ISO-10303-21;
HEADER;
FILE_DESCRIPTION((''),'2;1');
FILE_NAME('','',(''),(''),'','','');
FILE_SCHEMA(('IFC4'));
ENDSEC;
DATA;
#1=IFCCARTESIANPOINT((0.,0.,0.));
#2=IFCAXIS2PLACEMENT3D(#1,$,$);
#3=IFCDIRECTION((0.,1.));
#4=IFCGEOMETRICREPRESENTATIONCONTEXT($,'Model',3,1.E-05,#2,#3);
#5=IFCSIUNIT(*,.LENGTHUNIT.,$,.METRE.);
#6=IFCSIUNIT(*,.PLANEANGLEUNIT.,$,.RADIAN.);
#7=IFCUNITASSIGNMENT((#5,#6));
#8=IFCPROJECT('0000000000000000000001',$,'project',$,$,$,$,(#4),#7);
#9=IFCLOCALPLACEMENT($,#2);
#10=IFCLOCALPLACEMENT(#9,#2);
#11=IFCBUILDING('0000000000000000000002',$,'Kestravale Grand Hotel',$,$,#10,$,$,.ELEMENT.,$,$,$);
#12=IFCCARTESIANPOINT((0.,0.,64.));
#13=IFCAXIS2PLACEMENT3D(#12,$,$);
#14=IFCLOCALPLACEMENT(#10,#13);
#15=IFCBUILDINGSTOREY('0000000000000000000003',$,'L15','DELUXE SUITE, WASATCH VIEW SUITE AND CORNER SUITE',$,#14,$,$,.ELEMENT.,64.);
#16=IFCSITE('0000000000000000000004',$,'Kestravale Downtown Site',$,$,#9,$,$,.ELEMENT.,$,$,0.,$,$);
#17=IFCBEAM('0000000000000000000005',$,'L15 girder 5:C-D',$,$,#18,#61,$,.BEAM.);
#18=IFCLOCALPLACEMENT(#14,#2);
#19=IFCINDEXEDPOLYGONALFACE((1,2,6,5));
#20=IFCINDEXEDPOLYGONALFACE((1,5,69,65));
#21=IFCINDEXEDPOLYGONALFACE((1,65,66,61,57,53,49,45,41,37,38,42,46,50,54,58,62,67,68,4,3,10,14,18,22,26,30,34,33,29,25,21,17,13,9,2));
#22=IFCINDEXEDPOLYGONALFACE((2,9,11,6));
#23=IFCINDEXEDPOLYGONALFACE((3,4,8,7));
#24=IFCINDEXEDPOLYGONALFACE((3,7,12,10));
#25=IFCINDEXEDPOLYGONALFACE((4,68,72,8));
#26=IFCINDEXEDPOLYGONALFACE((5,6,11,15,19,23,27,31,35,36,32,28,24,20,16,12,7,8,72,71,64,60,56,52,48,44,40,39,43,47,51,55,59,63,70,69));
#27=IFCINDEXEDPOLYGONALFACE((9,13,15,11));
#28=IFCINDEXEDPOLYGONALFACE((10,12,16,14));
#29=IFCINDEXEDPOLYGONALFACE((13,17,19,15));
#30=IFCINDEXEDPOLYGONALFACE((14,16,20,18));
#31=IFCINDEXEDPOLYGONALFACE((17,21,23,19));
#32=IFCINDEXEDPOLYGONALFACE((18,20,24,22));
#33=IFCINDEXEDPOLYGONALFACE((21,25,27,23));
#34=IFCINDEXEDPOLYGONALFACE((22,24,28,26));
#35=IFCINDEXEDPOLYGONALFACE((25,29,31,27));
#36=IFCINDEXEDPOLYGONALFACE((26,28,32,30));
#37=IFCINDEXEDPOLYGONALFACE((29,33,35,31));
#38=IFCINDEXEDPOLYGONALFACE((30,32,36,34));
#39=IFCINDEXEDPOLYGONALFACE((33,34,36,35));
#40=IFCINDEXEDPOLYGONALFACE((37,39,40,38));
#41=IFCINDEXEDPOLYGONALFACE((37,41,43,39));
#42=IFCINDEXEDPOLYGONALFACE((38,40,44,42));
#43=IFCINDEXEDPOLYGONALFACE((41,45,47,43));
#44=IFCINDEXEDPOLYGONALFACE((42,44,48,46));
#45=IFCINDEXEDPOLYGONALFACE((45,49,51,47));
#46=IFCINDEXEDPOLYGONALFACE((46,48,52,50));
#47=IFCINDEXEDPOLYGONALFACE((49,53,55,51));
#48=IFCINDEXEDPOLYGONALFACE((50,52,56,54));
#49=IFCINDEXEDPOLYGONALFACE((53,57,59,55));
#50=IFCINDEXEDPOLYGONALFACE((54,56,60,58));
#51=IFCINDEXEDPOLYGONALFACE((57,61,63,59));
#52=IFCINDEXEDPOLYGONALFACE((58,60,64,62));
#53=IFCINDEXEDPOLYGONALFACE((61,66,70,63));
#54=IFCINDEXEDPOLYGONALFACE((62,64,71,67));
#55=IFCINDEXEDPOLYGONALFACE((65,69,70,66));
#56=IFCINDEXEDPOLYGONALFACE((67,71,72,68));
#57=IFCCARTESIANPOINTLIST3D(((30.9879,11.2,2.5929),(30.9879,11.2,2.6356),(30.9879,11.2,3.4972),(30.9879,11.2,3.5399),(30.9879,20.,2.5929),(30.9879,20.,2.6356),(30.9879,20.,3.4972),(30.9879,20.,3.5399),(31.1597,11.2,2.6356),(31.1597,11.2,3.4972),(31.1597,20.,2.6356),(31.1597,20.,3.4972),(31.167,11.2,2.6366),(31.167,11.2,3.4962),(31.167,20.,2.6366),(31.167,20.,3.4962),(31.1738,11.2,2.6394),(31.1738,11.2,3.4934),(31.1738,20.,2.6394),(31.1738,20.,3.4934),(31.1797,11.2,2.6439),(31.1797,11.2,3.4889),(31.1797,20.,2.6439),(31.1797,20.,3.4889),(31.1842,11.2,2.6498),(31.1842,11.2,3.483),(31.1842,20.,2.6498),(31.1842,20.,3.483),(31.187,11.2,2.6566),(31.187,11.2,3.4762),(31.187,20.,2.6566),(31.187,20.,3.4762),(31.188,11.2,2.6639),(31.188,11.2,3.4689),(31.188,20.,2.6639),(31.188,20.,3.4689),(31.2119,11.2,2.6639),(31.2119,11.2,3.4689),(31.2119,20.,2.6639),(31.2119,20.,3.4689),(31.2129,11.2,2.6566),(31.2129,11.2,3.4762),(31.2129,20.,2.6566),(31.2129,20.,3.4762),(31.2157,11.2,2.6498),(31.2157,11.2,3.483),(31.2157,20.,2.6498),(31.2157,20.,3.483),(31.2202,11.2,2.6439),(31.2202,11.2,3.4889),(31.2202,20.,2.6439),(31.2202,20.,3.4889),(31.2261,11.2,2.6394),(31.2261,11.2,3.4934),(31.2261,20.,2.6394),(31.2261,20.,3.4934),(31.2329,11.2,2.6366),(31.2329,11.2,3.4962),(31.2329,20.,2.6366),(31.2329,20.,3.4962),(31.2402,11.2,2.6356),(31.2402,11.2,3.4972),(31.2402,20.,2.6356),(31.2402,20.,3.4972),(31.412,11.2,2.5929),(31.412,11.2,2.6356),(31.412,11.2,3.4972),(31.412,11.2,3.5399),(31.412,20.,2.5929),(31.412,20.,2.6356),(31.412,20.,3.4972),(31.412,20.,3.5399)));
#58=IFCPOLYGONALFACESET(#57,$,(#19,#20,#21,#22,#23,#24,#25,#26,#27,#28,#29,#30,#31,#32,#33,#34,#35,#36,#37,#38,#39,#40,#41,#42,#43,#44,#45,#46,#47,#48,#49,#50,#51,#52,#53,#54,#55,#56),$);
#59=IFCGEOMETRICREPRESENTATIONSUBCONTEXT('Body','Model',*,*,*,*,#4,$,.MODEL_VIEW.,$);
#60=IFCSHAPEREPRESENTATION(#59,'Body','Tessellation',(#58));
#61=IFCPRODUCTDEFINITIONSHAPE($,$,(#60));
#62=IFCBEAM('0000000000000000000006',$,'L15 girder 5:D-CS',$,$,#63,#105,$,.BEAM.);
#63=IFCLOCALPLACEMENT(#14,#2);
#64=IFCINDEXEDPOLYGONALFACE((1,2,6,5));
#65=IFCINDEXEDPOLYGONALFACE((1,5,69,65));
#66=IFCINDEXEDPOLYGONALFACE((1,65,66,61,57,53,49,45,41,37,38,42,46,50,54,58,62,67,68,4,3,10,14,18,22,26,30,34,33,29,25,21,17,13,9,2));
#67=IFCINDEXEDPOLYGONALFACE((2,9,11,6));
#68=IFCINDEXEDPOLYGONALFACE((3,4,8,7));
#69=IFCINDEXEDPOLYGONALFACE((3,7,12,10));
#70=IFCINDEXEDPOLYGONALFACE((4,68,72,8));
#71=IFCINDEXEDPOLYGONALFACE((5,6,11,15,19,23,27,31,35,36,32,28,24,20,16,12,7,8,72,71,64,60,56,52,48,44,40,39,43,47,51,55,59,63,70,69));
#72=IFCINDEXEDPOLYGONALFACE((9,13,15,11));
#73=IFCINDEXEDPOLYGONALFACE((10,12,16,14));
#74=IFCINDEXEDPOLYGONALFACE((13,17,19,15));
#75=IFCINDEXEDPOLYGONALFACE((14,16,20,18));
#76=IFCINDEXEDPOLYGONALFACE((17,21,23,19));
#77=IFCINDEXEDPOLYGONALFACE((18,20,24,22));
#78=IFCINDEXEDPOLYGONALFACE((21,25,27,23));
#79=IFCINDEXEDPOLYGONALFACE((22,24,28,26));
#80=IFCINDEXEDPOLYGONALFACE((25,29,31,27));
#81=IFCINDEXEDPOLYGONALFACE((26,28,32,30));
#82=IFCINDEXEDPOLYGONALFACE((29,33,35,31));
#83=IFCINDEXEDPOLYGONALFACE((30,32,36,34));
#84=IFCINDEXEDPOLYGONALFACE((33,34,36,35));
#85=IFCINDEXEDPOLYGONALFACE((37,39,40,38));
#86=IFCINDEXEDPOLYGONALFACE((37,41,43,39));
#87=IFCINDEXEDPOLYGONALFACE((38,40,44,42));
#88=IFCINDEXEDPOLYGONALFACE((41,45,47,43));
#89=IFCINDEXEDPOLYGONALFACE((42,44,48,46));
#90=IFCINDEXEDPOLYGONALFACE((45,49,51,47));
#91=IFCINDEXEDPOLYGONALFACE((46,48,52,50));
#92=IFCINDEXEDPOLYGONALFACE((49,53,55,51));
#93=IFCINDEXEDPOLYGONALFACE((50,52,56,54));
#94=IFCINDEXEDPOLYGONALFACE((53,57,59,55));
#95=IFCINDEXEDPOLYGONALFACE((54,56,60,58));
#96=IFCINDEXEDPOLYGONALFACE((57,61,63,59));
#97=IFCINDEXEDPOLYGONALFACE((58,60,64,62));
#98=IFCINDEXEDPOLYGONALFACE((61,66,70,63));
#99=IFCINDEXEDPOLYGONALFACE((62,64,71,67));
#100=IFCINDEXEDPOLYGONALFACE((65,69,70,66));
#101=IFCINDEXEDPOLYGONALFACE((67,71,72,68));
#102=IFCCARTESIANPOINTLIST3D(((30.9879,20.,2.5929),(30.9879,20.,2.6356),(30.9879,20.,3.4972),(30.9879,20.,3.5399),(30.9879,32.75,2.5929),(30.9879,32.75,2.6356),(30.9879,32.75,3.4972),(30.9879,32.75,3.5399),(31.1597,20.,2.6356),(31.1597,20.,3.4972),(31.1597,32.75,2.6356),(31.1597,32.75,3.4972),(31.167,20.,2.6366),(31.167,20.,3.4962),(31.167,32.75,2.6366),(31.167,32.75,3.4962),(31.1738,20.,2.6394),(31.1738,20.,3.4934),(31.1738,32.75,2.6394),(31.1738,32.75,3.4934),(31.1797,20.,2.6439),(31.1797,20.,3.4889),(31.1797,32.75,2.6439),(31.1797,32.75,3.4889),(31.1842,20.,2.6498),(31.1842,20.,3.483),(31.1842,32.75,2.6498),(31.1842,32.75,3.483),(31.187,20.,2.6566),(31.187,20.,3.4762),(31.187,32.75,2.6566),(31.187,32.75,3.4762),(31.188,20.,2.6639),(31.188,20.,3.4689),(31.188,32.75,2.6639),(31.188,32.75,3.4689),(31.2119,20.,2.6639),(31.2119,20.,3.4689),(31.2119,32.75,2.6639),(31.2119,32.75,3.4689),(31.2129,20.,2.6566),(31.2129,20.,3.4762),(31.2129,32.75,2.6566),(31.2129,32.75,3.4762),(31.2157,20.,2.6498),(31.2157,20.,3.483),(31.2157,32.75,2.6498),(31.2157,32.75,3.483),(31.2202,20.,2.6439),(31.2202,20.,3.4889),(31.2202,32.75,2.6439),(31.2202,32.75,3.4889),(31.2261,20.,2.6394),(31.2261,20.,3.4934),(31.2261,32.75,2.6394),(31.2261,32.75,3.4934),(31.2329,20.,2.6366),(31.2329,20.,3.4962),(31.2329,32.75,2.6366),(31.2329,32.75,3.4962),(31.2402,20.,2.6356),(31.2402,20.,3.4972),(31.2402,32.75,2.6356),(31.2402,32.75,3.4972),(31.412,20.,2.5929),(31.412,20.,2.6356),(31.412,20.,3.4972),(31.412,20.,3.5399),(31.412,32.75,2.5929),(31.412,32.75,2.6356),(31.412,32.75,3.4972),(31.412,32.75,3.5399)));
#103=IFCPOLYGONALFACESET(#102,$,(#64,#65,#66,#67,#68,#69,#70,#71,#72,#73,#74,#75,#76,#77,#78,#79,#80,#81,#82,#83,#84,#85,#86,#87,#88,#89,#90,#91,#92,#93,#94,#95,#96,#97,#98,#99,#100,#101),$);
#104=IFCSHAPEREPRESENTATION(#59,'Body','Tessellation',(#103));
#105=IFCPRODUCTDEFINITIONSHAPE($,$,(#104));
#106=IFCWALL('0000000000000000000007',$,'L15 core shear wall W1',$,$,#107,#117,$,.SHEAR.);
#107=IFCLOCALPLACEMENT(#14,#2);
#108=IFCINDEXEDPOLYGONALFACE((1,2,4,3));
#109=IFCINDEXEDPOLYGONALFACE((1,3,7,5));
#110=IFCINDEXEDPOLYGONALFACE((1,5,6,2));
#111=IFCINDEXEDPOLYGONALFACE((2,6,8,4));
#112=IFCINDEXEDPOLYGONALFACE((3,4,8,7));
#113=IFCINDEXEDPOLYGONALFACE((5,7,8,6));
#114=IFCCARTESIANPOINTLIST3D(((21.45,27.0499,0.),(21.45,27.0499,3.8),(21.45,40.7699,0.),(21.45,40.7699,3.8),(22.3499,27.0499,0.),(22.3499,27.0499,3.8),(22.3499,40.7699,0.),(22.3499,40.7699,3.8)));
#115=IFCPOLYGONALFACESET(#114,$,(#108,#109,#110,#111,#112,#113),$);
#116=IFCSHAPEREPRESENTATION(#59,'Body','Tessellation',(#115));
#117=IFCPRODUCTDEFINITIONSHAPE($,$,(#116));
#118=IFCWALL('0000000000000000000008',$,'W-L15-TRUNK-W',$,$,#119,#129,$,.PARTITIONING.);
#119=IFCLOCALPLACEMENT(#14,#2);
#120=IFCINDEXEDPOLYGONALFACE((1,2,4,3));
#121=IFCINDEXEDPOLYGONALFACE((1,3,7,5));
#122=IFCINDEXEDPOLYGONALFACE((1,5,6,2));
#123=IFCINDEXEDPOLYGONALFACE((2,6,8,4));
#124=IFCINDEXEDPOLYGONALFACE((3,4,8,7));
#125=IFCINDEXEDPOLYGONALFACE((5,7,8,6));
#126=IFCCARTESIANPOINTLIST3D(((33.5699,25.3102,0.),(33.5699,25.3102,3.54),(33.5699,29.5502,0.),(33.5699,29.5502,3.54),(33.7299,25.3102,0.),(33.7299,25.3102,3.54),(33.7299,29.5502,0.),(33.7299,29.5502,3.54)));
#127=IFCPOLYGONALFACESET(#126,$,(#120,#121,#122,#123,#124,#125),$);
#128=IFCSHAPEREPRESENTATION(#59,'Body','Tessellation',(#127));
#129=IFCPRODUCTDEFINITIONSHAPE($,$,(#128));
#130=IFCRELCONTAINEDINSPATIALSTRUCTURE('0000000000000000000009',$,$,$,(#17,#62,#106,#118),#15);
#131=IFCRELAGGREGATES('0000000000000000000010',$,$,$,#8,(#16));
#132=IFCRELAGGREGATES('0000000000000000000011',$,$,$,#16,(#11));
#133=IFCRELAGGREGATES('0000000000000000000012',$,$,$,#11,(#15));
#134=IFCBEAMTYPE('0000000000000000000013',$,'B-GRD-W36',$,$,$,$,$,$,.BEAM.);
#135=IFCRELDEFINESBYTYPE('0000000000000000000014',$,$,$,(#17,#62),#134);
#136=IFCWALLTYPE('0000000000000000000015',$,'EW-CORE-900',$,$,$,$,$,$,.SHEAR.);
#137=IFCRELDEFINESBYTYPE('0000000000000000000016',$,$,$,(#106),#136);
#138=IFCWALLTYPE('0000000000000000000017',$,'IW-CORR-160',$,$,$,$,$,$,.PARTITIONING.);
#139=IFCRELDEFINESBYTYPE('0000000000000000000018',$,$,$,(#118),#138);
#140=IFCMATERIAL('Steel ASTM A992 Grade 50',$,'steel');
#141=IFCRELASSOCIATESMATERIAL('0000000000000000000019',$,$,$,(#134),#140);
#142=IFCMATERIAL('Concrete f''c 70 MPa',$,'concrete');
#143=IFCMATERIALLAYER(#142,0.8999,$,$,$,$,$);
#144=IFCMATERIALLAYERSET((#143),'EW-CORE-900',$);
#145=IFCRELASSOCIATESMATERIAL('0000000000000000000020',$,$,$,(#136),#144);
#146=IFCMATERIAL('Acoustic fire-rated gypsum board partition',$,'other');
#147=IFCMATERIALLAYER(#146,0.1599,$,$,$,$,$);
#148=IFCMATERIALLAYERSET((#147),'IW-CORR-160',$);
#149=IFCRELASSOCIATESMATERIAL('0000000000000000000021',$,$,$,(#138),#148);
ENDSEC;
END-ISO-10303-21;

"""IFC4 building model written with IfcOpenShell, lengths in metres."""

from ifc_helpers import new_model, si_unit, direction, frame, frame_2d, origin, origin_2d, place, context, subcontext, project, spatial, rectangle, i_section, extrude, material, layer, layer_set, material_profile, profile_set, type_object, element, save


model = new_model("IFC4")

# Units and contexts
model_context = context("Model", 3, precision=1e-05, world=origin(), true_north=direction((0.0, 1.0)))
body_context = subcontext(model_context, "Body", "Model", "MODEL_VIEW")
ifc_project = project(units=[si_unit("LENGTHUNIT", "METRE"), si_unit("PLANEANGLEUNIT", "RADIAN")], contexts=[model_context])

# Site, building, storey
site_placement = place(None, origin())
site = spatial("IfcSite", under=ifc_project, at=site_placement, Name="Kestravale Downtown Site", CompositionType="ELEMENT", RefElevation=0.0)
building_placement = place(site_placement, origin())
building = spatial("IfcBuilding", under=site, at=building_placement, Name="Kestravale Grand Hotel", CompositionType="ELEMENT")
storey_placement = place(building_placement, frame((0.0, 0.0, 64.0)))
storey = spatial("IfcBuildingStorey", under=building, at=storey_placement, Name="L15", Description="DELUXE SUITE, WASATCH VIEW SUITE AND CORNER SUITE", CompositionType="ELEMENT", Elevation=64.0)

# Beams
ifc_material_1 = material(Name="Steel ASTM A992 Grade 50", Category="steel")
ifc_material_profile_1 = material_profile(ifc_material_1, i_section(OverallWidth=0.4241, OverallDepth=0.947, WebThickness=0.0239, FlangeThickness=0.0427, FilletRadius=0.0283, at=origin_2d()))
ifc_profile_set_1 = profile_set([ifc_material_profile_1], Name="Steel ASTM A992 Grade 50")
beam_type_1 = type_object("IfcBeamType", Name="B-GRD-W36", PredefinedType="BEAM", material=ifc_profile_set_1)
beam_1_placement = place(storey_placement, frame((31.2, 11.2, 3.0664), z_axis=(0.0, 1.0, 0.0), x_axis=(-1.0, 0.0, 0.0)))
element("IfcBeam", 1, at=beam_1_placement, inside=storey, type_object=beam_type_1, Name="L15 girder 5:C-D", PredefinedType="BEAM", context=body_context, shape_type="SweptSolid", body=[
    extrude(i_section(OverallWidth=0.4241, OverallDepth=0.947, WebThickness=0.0239, FlangeThickness=0.0427, FilletRadius=0.0283, at=origin_2d()), origin(), (0.0, 0.0, 1.0), 8.8),
])
beam_2_placement = place(storey_placement, frame((31.2, 20.0, 3.0664), z_axis=(0.0, 1.0, 0.0), x_axis=(-1.0, 0.0, 0.0)))
element("IfcBeam", 2, at=beam_2_placement, inside=storey, type_object=beam_type_1, Name="L15 girder 5:D-CS", PredefinedType="BEAM", context=body_context, shape_type="SweptSolid", body=[
    extrude(i_section(OverallWidth=0.4241, OverallDepth=0.947, WebThickness=0.0239, FlangeThickness=0.0427, FilletRadius=0.0283, at=origin_2d()), origin(), (0.0, 0.0, 1.0), 12.75),
])

# Walls
ifc_material_2 = material(Name="Concrete f'c 70 MPa", Category="concrete")
ifc_layer_1 = layer(ifc_material_2, 0.8999)
ifc_layer_set_1 = layer_set([ifc_layer_1], Name="EW-CORE-900")
wall_type_1 = type_object("IfcWallType", Name="EW-CORE-900", PredefinedType="SHEAR", material=ifc_layer_set_1)
wall_1_placement = place(storey_placement, frame((21.8999, 27.05, 0.0), z_axis=(0.0, 0.0, 1.0), x_axis=(0.0, 1.0, 0.0)))
element("IfcWall", 3, at=wall_1_placement, inside=storey, type_object=wall_type_1, Name="L15 core shear wall W1", PredefinedType="SHEAR", context=body_context, shape_type="SweptSolid", body=[
    extrude(rectangle(XDim=13.72, YDim=0.8999, at=frame_2d((6.8599, 0.0))), origin(), (0.0, 0.0, 1.0), 3.8),
])
ifc_material_3 = material(Name="Acoustic fire-rated gypsum board partition", Category="other")
ifc_layer_2 = layer(ifc_material_3, 0.1599)
ifc_layer_set_2 = layer_set([ifc_layer_2], Name="IW-CORR-160")
wall_type_2 = type_object("IfcWallType", Name="IW-CORR-160", PredefinedType="PARTITIONING", material=ifc_layer_set_2)
wall_2_placement = place(storey_placement, frame((33.6499, 25.3101, 0.0), z_axis=(0.0, 0.0, 1.0), x_axis=(0.0, 1.0, 0.0)))
element("IfcWall", 4, at=wall_2_placement, inside=storey, type_object=wall_type_2, Name="W-L15-TRUNK-W", PredefinedType="PARTITIONING", context=body_context, shape_type="SweptSolid", body=[
    extrude(rectangle(XDim=4.24, YDim=0.1599, at=frame_2d((2.1201, 0.0))), origin(), (0.0, 0.0, 1.0), 3.54),
])

save(model, "model.ifc")
